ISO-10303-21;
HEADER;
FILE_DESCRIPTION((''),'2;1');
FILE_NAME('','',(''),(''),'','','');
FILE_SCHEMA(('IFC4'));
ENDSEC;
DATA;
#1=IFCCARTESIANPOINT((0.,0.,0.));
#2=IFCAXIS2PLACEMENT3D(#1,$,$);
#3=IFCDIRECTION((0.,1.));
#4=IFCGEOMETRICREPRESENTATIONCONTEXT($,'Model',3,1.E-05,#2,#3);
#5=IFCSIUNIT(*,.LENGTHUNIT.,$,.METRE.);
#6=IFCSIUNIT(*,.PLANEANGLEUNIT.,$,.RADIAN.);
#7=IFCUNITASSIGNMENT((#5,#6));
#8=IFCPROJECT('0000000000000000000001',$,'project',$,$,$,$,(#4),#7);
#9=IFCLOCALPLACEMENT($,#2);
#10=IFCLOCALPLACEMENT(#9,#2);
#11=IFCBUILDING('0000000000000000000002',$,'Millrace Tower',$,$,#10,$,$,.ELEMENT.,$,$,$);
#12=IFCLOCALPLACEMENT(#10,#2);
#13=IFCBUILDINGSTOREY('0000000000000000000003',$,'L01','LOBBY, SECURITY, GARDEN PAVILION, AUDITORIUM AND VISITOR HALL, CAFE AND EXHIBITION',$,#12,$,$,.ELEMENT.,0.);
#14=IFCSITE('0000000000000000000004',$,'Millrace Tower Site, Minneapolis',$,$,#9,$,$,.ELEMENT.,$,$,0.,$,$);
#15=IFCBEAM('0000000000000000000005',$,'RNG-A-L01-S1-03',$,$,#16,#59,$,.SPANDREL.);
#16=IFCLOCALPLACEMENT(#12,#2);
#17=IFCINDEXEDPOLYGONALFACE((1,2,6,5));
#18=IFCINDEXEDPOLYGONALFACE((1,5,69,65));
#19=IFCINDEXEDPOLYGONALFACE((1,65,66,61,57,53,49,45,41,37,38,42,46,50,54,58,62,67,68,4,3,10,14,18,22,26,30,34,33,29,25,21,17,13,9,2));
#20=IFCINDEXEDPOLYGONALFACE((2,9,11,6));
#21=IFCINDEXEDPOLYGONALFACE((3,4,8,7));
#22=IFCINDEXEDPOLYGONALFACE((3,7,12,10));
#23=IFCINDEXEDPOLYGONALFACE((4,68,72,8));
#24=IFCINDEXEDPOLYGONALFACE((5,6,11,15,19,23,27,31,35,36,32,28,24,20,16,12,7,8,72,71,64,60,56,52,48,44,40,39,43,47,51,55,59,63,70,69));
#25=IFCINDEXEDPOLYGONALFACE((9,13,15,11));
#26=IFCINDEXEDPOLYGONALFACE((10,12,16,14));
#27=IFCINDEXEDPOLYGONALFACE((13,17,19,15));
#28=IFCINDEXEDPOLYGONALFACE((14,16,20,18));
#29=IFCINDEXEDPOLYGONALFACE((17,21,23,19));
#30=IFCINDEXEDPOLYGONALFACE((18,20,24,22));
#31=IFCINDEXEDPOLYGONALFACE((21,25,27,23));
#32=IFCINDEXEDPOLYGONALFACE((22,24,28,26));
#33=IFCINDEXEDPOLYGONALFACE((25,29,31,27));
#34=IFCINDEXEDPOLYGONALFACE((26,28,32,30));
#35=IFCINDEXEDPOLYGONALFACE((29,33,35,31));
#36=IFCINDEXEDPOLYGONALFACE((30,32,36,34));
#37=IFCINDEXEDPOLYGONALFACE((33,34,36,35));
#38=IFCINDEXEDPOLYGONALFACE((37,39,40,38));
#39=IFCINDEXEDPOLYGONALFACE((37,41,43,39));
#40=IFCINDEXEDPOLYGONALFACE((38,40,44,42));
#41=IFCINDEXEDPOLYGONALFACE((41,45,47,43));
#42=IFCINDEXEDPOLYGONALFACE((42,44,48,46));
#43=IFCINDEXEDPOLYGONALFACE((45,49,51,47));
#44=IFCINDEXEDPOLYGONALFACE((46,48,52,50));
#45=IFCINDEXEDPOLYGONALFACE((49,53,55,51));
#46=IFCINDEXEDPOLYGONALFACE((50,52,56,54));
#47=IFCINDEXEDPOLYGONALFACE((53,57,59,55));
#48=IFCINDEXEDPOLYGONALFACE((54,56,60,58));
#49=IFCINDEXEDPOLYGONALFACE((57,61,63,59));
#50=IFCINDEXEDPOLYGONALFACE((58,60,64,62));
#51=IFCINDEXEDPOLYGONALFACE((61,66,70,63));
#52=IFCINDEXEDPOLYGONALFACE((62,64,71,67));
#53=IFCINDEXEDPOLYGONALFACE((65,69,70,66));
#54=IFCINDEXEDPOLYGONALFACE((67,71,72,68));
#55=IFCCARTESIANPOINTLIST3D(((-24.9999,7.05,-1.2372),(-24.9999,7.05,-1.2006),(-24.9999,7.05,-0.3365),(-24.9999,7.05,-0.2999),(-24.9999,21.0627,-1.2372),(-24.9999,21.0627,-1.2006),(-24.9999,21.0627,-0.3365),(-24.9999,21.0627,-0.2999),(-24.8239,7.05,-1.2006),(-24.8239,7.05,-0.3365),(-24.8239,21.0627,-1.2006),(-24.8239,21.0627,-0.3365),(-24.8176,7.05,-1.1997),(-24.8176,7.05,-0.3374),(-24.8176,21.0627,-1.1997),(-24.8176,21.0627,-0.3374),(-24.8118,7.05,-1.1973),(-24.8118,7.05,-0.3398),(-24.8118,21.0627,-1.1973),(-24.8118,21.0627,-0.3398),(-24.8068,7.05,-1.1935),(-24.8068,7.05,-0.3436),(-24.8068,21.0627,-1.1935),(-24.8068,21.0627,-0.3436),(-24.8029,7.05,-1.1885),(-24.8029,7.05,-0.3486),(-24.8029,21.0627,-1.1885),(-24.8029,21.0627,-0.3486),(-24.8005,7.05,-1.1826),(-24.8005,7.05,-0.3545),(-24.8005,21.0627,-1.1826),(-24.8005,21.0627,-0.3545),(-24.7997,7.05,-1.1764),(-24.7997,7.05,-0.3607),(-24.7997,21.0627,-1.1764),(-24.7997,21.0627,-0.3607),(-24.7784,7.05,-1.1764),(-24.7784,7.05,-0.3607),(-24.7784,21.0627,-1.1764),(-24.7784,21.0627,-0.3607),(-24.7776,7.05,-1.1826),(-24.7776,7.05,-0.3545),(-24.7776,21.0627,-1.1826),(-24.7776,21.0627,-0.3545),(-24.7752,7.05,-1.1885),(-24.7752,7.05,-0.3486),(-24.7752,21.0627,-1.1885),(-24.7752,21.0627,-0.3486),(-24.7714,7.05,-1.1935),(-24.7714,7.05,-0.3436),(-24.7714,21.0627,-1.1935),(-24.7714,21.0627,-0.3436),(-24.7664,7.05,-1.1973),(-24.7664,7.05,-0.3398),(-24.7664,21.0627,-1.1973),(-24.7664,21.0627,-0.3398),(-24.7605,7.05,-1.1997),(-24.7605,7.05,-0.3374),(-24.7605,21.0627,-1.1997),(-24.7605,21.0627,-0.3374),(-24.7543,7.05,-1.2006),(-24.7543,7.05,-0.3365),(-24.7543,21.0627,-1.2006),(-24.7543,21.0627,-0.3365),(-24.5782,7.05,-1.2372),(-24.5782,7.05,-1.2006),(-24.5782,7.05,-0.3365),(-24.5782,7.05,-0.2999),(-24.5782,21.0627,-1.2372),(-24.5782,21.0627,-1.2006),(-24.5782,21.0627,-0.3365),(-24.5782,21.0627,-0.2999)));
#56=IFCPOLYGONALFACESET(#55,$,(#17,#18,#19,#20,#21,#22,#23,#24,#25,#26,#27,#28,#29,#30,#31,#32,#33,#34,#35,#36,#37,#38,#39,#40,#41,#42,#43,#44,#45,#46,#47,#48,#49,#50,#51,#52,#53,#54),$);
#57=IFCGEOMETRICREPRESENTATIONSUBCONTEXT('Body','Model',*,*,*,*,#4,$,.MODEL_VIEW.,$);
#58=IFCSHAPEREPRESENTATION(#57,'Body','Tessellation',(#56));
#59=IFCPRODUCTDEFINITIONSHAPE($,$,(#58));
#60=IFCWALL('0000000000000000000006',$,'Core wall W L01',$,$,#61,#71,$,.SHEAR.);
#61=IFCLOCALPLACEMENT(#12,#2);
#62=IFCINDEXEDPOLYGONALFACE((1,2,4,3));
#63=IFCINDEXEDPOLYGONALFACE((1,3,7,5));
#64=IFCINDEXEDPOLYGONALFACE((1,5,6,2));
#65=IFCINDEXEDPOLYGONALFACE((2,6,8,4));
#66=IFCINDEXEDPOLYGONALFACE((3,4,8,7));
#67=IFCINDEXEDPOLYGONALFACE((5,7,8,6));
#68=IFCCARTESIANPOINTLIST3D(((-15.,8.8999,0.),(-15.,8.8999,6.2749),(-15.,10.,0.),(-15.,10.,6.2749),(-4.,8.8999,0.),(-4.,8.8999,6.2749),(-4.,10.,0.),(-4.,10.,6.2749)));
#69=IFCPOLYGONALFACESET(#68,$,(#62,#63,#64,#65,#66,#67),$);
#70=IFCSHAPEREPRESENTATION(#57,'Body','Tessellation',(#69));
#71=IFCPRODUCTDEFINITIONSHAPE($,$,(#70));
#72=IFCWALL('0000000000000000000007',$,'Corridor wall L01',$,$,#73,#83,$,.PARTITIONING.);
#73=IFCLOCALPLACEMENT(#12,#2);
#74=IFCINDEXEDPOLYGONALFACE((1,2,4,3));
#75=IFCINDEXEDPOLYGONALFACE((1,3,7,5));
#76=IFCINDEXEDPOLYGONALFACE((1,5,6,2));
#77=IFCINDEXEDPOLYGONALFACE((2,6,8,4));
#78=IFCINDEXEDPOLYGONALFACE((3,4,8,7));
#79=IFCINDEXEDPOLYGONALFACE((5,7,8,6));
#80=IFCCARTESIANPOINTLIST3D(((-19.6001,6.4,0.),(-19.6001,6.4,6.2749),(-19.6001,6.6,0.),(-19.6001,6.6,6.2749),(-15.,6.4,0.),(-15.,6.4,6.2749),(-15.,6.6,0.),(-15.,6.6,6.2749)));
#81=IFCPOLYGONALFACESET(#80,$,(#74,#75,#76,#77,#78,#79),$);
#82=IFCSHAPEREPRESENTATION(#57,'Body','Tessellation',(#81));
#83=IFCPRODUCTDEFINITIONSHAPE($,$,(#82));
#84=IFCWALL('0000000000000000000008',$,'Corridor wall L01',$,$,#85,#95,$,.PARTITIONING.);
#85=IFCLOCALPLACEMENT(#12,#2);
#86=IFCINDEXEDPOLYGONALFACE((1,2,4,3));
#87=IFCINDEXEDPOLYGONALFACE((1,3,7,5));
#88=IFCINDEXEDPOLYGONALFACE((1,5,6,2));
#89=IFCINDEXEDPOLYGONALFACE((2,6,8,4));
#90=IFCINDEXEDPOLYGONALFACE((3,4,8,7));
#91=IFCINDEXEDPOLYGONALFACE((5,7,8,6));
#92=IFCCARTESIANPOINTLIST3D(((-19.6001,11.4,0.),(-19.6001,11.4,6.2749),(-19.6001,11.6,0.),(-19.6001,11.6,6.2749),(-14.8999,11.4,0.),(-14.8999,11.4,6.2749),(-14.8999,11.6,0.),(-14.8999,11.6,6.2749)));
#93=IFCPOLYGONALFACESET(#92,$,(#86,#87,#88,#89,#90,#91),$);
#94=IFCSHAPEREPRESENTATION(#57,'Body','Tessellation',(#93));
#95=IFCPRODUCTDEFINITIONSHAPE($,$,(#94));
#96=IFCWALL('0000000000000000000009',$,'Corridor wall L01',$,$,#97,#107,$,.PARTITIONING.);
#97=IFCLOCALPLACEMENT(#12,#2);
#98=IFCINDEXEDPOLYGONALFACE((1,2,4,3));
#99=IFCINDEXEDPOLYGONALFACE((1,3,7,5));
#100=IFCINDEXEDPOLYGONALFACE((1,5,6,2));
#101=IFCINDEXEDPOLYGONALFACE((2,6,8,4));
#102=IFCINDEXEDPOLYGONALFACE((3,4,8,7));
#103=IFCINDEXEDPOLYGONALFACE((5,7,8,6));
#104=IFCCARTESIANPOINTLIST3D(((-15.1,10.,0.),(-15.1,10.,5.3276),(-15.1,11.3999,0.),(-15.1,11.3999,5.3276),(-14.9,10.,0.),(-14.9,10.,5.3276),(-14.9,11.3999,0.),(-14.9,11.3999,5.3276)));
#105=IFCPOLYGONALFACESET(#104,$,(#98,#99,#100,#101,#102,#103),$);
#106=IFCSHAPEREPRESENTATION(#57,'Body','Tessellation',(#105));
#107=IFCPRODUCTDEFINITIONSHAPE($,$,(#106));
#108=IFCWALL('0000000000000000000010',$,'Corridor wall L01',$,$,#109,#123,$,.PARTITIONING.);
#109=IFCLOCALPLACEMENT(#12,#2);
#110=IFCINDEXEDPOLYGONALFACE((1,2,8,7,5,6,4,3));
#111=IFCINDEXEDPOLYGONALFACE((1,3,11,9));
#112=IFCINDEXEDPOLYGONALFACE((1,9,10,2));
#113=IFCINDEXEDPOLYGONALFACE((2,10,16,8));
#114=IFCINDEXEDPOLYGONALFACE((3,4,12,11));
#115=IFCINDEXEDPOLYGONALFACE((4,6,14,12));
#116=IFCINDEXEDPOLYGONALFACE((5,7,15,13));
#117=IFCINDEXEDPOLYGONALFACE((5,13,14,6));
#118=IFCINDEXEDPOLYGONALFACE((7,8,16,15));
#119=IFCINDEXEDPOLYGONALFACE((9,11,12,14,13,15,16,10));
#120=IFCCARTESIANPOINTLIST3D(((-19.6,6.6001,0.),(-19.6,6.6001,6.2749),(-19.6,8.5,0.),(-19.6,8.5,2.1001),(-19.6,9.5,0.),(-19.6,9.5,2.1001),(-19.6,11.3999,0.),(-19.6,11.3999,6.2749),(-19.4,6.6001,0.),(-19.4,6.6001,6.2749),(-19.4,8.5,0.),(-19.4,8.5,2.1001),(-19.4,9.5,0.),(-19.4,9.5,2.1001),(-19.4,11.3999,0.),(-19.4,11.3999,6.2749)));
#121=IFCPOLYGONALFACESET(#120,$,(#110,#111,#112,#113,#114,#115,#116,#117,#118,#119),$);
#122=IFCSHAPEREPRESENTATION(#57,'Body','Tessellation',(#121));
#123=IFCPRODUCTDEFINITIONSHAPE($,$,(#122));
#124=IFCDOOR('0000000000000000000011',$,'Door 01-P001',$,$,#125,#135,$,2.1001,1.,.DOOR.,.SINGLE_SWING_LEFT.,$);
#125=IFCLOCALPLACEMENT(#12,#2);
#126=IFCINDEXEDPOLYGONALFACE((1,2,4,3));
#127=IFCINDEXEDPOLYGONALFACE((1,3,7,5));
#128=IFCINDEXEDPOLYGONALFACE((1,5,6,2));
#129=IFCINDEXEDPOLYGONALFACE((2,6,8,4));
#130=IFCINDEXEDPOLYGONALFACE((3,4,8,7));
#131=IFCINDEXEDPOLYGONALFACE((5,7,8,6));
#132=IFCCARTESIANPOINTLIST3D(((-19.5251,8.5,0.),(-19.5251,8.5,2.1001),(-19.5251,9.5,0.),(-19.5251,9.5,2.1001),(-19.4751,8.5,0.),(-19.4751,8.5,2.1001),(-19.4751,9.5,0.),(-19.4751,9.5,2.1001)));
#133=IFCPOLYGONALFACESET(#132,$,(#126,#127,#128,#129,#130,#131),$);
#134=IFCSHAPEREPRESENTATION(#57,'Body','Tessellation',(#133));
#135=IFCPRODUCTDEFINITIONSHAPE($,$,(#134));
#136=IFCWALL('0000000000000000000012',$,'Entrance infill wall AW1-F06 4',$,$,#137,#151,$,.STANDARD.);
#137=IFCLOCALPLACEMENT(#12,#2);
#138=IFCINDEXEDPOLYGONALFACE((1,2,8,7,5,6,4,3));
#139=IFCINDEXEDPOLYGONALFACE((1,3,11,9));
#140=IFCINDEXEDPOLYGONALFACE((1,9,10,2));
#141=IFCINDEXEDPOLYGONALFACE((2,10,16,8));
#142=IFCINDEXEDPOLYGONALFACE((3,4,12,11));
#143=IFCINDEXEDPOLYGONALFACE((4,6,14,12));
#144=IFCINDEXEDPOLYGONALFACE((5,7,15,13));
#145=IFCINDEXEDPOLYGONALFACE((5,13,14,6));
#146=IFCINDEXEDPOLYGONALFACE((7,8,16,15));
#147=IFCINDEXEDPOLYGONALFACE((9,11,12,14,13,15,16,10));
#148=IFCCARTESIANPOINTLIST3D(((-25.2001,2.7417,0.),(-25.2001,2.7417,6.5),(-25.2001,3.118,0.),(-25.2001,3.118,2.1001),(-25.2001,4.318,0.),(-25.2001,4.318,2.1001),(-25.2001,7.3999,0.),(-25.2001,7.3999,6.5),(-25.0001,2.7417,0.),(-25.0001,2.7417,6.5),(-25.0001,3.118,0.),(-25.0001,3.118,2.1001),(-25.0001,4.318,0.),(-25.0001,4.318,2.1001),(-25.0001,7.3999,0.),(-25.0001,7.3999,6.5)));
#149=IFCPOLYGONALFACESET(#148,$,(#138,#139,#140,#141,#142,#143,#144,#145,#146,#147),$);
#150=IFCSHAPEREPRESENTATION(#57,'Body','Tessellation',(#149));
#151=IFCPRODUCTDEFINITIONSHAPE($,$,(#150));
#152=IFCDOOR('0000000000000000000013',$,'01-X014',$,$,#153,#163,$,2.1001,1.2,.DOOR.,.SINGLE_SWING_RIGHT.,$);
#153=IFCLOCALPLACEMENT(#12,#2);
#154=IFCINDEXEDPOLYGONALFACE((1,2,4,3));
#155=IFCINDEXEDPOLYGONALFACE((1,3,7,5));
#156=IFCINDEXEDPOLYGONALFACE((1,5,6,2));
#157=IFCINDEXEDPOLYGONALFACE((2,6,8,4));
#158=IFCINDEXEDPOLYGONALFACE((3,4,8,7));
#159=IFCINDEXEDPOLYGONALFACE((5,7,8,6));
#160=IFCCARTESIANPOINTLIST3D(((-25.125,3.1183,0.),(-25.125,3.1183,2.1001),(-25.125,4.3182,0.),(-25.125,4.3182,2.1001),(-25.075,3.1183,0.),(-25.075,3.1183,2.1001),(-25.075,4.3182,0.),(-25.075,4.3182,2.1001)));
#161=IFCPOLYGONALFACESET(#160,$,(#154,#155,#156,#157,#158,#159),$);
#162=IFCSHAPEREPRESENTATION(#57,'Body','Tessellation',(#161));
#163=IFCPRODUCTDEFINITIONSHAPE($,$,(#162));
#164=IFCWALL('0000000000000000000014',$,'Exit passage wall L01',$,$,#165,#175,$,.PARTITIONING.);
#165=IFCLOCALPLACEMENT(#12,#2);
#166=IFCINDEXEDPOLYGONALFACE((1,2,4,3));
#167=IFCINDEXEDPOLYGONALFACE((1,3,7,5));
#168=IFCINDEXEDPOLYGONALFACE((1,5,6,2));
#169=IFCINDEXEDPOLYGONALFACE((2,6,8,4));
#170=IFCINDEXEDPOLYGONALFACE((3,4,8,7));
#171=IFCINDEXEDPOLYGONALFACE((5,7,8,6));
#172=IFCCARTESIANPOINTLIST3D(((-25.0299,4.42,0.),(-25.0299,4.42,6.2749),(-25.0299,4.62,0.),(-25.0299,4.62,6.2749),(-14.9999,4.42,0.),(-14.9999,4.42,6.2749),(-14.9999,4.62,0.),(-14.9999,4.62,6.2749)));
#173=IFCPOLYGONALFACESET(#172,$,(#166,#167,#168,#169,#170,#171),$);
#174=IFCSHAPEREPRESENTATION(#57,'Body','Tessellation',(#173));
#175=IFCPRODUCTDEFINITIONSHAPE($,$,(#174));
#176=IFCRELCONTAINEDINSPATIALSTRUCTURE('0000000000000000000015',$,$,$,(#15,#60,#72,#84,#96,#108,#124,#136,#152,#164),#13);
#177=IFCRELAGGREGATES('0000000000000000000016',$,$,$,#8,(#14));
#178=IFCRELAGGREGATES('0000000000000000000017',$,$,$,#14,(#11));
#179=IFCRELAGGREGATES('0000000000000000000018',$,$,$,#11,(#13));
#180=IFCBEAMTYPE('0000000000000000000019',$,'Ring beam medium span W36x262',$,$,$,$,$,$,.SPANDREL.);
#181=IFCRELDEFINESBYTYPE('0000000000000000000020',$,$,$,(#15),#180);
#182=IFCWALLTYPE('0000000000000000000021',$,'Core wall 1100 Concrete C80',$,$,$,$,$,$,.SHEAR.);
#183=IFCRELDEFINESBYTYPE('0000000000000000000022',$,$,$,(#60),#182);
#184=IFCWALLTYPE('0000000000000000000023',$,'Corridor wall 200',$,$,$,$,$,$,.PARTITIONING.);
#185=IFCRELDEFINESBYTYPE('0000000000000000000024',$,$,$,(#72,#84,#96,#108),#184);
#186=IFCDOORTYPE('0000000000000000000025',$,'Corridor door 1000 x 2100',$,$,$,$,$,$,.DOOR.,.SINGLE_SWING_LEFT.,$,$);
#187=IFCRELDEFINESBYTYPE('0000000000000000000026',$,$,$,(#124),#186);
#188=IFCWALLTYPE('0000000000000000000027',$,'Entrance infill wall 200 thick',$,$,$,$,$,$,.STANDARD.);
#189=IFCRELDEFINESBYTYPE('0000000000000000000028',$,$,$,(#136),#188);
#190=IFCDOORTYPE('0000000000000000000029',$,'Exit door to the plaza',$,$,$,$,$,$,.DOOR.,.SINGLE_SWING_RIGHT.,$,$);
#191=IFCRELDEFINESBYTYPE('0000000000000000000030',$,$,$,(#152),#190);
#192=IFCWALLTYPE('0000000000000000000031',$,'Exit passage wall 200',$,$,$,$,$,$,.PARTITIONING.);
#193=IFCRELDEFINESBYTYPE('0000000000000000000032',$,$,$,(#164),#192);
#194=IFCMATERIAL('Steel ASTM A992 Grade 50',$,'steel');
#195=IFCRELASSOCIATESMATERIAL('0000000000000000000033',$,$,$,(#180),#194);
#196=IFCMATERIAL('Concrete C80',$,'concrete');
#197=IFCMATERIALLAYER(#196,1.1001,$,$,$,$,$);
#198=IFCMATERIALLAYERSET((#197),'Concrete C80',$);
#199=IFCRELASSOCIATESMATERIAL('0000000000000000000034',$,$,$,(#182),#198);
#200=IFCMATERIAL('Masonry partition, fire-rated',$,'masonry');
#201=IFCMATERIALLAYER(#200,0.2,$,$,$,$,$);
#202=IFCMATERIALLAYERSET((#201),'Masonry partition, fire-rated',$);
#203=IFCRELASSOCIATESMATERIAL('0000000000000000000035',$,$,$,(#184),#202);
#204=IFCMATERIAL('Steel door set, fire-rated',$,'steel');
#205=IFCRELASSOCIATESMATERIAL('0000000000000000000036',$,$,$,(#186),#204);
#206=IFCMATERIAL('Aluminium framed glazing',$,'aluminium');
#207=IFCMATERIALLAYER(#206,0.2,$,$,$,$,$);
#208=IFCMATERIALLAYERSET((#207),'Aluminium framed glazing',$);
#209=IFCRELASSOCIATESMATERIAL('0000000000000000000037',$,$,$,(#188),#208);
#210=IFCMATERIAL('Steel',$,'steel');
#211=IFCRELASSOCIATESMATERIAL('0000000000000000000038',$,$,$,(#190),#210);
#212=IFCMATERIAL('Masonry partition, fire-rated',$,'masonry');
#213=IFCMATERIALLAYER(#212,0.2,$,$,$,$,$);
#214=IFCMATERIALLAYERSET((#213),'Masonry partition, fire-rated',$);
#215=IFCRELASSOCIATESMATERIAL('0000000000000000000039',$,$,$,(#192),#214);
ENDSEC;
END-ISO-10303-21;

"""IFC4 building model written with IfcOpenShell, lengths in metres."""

from ifc_helpers import new_model, si_unit, direction, frame, frame_2d, origin, origin_2d, place, context, subcontext, project, spatial, rectangle, i_section, extrude, material, layer, layer_set, material_profile, profile_set, type_object, element, fill, save


model = new_model("IFC4")

# Units and contexts
model_context = context("Model", 3, precision=1e-05, world=origin(), true_north=direction((0.0, 1.0)))
body_context = subcontext(model_context, "Body", "Model", "MODEL_VIEW")
ifc_project = project(units=[si_unit("LENGTHUNIT", "METRE"), si_unit("PLANEANGLEUNIT", "RADIAN")], contexts=[model_context])

# Site, building, storey
site_placement = place(None, origin())
site = spatial("IfcSite", under=ifc_project, at=site_placement, Name="Millrace Tower Site, Minneapolis", CompositionType="ELEMENT", RefElevation=0.0)
building_placement = place(site_placement, origin())
building = spatial("IfcBuilding", under=site, at=building_placement, Name="Millrace Tower", CompositionType="ELEMENT")
storey_placement = place(building_placement, origin())
storey = spatial("IfcBuildingStorey", under=building, at=storey_placement, Name="L01", Description="LOBBY, SECURITY, GARDEN PAVILION, AUDITORIUM AND VISITOR HALL, CAFE AND EXHIBITION", CompositionType="ELEMENT", Elevation=0.0)

# Beam
ifc_material_1 = material(Name="Steel ASTM A992 Grade 50", Category="steel")
ifc_material_profile_1 = material_profile(ifc_material_1, i_section(OverallWidth=0.4216, OverallDepth=0.9373, WebThickness=0.0212, FlangeThickness=0.0366, FilletRadius=0.0242, at=origin_2d()))
ifc_profile_set_1 = profile_set([ifc_material_profile_1], Name="Steel ASTM A992 Grade 50")
beam_type_1 = type_object("IfcBeamType", Name="Ring beam medium span W36x262", PredefinedType="SPANDREL", material=ifc_profile_set_1)
beam_1_placement = place(storey_placement, frame((-24.7891, 7.05, -0.7686), z_axis=(0.0, 1.0, 0.0), x_axis=(-1.0, 0.0, 0.0)))
element("IfcBeam", 1, at=beam_1_placement, inside=storey, type_object=beam_type_1, Name="RNG-A-L01-S1-03", PredefinedType="SPANDREL", context=body_context, shape_type="SweptSolid", body=[
    extrude(i_section(OverallWidth=0.4216, OverallDepth=0.9373, WebThickness=0.0212, FlangeThickness=0.0366, FilletRadius=0.0242, at=origin_2d()), origin(), (0.0, 0.0, 1.0), 14.0127),
])

# Walls
ifc_material_2 = material(Name="Concrete C80", Category="concrete")
ifc_layer_1 = layer(ifc_material_2, 1.1001)
ifc_layer_set_1 = layer_set([ifc_layer_1], Name="Concrete C80")
wall_type_1 = type_object("IfcWallType", Name="Core wall 1100 Concrete C80", PredefinedType="SHEAR", material=ifc_layer_set_1)
wall_1_placement = place(storey_placement, frame((-15.0, 9.45, 0.0), z_axis=(0.0, 0.0, 1.0), x_axis=(1.0, 0.0, 0.0)))
element("IfcWall", 2, at=wall_1_placement, inside=storey, type_object=wall_type_1, Name="Core wall W L01", PredefinedType="SHEAR", context=body_context, shape_type="SweptSolid", body=[
    extrude(rectangle(XDim=11.0, YDim=1.1001, at=frame_2d((5.5, 0.0))), origin(), (0.0, 0.0, 1.0), 6.2749),
])
ifc_material_3 = material(Name="Masonry partition, fire-rated", Category="masonry")
ifc_layer_2 = layer(ifc_material_3, 0.2)
ifc_layer_set_2 = layer_set([ifc_layer_2], Name="Masonry partition, fire-rated")
wall_type_2 = type_object("IfcWallType", Name="Corridor wall 200", PredefinedType="PARTITIONING", material=ifc_layer_set_2)
wall_2_placement = place(storey_placement, frame((-19.6001, 6.5, 0.0), z_axis=(0.0, 0.0, 1.0), x_axis=(1.0, 0.0, 0.0)))
element("IfcWall", 3, at=wall_2_placement, inside=storey, type_object=wall_type_2, Name="Corridor wall L01", PredefinedType="PARTITIONING", context=body_context, shape_type="SweptSolid", body=[
    extrude(rectangle(XDim=4.6001, YDim=0.2, at=frame_2d((2.3, 0.0))), origin(), (0.0, 0.0, 1.0), 6.2749),
])
wall_3_placement = place(storey_placement, frame((-19.6001, 11.5, 0.0), z_axis=(0.0, 0.0, 1.0), x_axis=(1.0, 0.0, 0.0)))
element("IfcWall", 4, at=wall_3_placement, inside=storey, type_object=wall_type_2, Name="Corridor wall L01", PredefinedType="PARTITIONING", context=body_context, shape_type="SweptSolid", body=[
    extrude(rectangle(XDim=4.7002, YDim=0.2, at=frame_2d((2.3501, 0.0))), origin(), (0.0, 0.0, 1.0), 6.2749),
])
wall_4_placement = place(storey_placement, frame((-15.0, 10.0, 0.0), z_axis=(0.0, 0.0, 1.0), x_axis=(0.0, 1.0, 0.0)))
element("IfcWall", 5, at=wall_4_placement, inside=storey, type_object=wall_type_2, Name="Corridor wall L01", PredefinedType="PARTITIONING", context=body_context, shape_type="SweptSolid", body=[
    extrude(rectangle(XDim=1.3999, YDim=0.2, at=frame_2d((0.7, 0.0))), origin(), (0.0, 0.0, 1.0), 5.3276),
])

# Walls, openings, doors
wall_5_placement = place(storey_placement, frame((-19.5, 6.6001, 0.0), z_axis=(0.0, 0.0, 1.0), x_axis=(0.0, 1.0, 0.0)))
wall_5 = element("IfcWall", 6, at=wall_5_placement, inside=storey, type_object=wall_type_2, Name="Corridor wall L01", PredefinedType="PARTITIONING", context=body_context, shape_type="SweptSolid", body=[
    extrude(rectangle(XDim=4.7998, YDim=0.2, at=frame_2d((2.3999, 0.0))), origin(), (0.0, 0.0, 1.0), 6.2749),
])
opening_1_placement = place(wall_5_placement, frame((1.8999, 0.0, 0.0)))
opening_1 = element("IfcOpeningElement", 7, at=opening_1_placement, cuts=wall_5, PredefinedType="OPENING", context=body_context, shape_type="SweptSolid", body=[
    extrude(rectangle(XDim=1.0, YDim=2.1001, at=frame_2d((0.5, 1.05))), frame((0.0, 0.1099, 0.0), z_axis=(0.0, -1.0, 0.0), x_axis=(1.0, 0.0, 0.0)), (0.0, 0.0, 1.0), 0.22),
])
ifc_material_4 = material(Name="Steel door set, fire-rated", Category="steel")
door_type_1 = type_object("IfcDoorType", Name="Corridor door 1000 x 2100", OperationType="SINGLE_SWING_LEFT", PredefinedType="DOOR", material=ifc_material_4)
door_1_placement = place(opening_1_placement, frame((1.0, 0.0, 0.0), z_axis=(0.0, 0.0, 1.0), x_axis=(-1.0, 0.0, 0.0)))
door_1 = element("IfcDoor", 8, at=door_1_placement, inside=storey, type_object=door_type_1, Name="Door 01-P001", OperationType="SINGLE_SWING_LEFT", OverallHeight=2.1001, OverallWidth=1.0, PredefinedType="DOOR", context=body_context, shape_type="SweptSolid", body=[
    extrude(rectangle(XDim=1.0, YDim=2.1001, at=frame_2d((0.5, 1.05))), frame((0.0, 0.0249, 0.0), z_axis=(0.0, -1.0, 0.0), x_axis=(1.0, 0.0, 0.0)), (0.0, 0.0, 1.0), 0.05),
])
fill(opening_1, door_1)
ifc_material_5 = material(Name="Aluminium framed glazing", Category="aluminium")
ifc_layer_3 = layer(ifc_material_5, 0.2)
ifc_layer_set_3 = layer_set([ifc_layer_3], Name="Aluminium framed glazing")
wall_type_3 = type_object("IfcWallType", Name="Entrance infill wall 200 thick", PredefinedType="STANDARD", material=ifc_layer_set_3)
wall_6_placement = place(storey_placement, frame((-25.1001, 7.3999, 0.0), z_axis=(0.0, 0.0, 1.0), x_axis=(0.0, -1.0, 0.0)))
wall_6 = element("IfcWall", 9, at=wall_6_placement, inside=storey, type_object=wall_type_3, Name="Entrance infill wall AW1-F06 4", PredefinedType="STANDARD", context=body_context, shape_type="SweptSolid", body=[
    extrude(rectangle(XDim=4.6582, YDim=0.2, at=frame_2d((2.3291, 0.0))), origin(), (0.0, 0.0, 1.0), 6.5),
])
opening_2_placement = place(wall_6_placement, frame((3.0818, 0.0, 0.0)))
opening_2 = element("IfcOpeningElement", 10, at=opening_2_placement, cuts=wall_6, PredefinedType="OPENING", context=body_context, shape_type="SweptSolid", body=[
    extrude(rectangle(XDim=1.2, YDim=2.1001, at=frame_2d((0.6001, 1.05))), frame((0.0, 0.1099, 0.0), z_axis=(0.0, -1.0, 0.0), x_axis=(1.0, 0.0, 0.0)), (0.0, 0.0, 1.0), 0.22),
])
ifc_material_6 = material(Name="Steel", Category="steel")
door_type_2 = type_object("IfcDoorType", Name="Exit door to the plaza", OperationType="SINGLE_SWING_RIGHT", PredefinedType="DOOR", material=ifc_material_6)
door_2_placement = place(opening_2_placement, frame((1.2, 0.0, 0.0), z_axis=(0.0, 0.0, 1.0), x_axis=(-1.0, 0.0, 0.0)))
door_2 = element("IfcDoor", 11, at=door_2_placement, inside=storey, type_object=door_type_2, Name="01-X014", OperationType="SINGLE_SWING_RIGHT", OverallHeight=2.1001, OverallWidth=1.2, PredefinedType="DOOR", context=body_context, shape_type="SweptSolid", body=[
    extrude(rectangle(XDim=1.2, YDim=2.1001, at=frame_2d((0.6001, 1.05))), frame((0.0, 0.0249, 0.0), z_axis=(0.0, -1.0, 0.0), x_axis=(1.0, 0.0, 0.0)), (0.0, 0.0, 1.0), 0.05),
])
fill(opening_2, door_2)

# Wall
ifc_material_7 = material(Name="Masonry partition, fire-rated", Category="masonry")
ifc_layer_4 = layer(ifc_material_7, 0.2)
ifc_layer_set_4 = layer_set([ifc_layer_4], Name="Masonry partition, fire-rated")
wall_type_4 = type_object("IfcWallType", Name="Exit passage wall 200", PredefinedType="PARTITIONING", material=ifc_layer_set_4)
wall_7_placement = place(storey_placement, frame((-25.03, 4.52, 0.0), z_axis=(0.0, 0.0, 1.0), x_axis=(1.0, 0.0, 0.0)))
element("IfcWall", 12, at=wall_7_placement, inside=storey, type_object=wall_type_4, Name="Exit passage wall L01", PredefinedType="PARTITIONING", context=body_context, shape_type="SweptSolid", body=[
    extrude(rectangle(XDim=10.03, YDim=0.2, at=frame_2d((5.0151, 0.0))), origin(), (0.0, 0.0, 1.0), 6.2749),
])

save(model, "model.ifc")
